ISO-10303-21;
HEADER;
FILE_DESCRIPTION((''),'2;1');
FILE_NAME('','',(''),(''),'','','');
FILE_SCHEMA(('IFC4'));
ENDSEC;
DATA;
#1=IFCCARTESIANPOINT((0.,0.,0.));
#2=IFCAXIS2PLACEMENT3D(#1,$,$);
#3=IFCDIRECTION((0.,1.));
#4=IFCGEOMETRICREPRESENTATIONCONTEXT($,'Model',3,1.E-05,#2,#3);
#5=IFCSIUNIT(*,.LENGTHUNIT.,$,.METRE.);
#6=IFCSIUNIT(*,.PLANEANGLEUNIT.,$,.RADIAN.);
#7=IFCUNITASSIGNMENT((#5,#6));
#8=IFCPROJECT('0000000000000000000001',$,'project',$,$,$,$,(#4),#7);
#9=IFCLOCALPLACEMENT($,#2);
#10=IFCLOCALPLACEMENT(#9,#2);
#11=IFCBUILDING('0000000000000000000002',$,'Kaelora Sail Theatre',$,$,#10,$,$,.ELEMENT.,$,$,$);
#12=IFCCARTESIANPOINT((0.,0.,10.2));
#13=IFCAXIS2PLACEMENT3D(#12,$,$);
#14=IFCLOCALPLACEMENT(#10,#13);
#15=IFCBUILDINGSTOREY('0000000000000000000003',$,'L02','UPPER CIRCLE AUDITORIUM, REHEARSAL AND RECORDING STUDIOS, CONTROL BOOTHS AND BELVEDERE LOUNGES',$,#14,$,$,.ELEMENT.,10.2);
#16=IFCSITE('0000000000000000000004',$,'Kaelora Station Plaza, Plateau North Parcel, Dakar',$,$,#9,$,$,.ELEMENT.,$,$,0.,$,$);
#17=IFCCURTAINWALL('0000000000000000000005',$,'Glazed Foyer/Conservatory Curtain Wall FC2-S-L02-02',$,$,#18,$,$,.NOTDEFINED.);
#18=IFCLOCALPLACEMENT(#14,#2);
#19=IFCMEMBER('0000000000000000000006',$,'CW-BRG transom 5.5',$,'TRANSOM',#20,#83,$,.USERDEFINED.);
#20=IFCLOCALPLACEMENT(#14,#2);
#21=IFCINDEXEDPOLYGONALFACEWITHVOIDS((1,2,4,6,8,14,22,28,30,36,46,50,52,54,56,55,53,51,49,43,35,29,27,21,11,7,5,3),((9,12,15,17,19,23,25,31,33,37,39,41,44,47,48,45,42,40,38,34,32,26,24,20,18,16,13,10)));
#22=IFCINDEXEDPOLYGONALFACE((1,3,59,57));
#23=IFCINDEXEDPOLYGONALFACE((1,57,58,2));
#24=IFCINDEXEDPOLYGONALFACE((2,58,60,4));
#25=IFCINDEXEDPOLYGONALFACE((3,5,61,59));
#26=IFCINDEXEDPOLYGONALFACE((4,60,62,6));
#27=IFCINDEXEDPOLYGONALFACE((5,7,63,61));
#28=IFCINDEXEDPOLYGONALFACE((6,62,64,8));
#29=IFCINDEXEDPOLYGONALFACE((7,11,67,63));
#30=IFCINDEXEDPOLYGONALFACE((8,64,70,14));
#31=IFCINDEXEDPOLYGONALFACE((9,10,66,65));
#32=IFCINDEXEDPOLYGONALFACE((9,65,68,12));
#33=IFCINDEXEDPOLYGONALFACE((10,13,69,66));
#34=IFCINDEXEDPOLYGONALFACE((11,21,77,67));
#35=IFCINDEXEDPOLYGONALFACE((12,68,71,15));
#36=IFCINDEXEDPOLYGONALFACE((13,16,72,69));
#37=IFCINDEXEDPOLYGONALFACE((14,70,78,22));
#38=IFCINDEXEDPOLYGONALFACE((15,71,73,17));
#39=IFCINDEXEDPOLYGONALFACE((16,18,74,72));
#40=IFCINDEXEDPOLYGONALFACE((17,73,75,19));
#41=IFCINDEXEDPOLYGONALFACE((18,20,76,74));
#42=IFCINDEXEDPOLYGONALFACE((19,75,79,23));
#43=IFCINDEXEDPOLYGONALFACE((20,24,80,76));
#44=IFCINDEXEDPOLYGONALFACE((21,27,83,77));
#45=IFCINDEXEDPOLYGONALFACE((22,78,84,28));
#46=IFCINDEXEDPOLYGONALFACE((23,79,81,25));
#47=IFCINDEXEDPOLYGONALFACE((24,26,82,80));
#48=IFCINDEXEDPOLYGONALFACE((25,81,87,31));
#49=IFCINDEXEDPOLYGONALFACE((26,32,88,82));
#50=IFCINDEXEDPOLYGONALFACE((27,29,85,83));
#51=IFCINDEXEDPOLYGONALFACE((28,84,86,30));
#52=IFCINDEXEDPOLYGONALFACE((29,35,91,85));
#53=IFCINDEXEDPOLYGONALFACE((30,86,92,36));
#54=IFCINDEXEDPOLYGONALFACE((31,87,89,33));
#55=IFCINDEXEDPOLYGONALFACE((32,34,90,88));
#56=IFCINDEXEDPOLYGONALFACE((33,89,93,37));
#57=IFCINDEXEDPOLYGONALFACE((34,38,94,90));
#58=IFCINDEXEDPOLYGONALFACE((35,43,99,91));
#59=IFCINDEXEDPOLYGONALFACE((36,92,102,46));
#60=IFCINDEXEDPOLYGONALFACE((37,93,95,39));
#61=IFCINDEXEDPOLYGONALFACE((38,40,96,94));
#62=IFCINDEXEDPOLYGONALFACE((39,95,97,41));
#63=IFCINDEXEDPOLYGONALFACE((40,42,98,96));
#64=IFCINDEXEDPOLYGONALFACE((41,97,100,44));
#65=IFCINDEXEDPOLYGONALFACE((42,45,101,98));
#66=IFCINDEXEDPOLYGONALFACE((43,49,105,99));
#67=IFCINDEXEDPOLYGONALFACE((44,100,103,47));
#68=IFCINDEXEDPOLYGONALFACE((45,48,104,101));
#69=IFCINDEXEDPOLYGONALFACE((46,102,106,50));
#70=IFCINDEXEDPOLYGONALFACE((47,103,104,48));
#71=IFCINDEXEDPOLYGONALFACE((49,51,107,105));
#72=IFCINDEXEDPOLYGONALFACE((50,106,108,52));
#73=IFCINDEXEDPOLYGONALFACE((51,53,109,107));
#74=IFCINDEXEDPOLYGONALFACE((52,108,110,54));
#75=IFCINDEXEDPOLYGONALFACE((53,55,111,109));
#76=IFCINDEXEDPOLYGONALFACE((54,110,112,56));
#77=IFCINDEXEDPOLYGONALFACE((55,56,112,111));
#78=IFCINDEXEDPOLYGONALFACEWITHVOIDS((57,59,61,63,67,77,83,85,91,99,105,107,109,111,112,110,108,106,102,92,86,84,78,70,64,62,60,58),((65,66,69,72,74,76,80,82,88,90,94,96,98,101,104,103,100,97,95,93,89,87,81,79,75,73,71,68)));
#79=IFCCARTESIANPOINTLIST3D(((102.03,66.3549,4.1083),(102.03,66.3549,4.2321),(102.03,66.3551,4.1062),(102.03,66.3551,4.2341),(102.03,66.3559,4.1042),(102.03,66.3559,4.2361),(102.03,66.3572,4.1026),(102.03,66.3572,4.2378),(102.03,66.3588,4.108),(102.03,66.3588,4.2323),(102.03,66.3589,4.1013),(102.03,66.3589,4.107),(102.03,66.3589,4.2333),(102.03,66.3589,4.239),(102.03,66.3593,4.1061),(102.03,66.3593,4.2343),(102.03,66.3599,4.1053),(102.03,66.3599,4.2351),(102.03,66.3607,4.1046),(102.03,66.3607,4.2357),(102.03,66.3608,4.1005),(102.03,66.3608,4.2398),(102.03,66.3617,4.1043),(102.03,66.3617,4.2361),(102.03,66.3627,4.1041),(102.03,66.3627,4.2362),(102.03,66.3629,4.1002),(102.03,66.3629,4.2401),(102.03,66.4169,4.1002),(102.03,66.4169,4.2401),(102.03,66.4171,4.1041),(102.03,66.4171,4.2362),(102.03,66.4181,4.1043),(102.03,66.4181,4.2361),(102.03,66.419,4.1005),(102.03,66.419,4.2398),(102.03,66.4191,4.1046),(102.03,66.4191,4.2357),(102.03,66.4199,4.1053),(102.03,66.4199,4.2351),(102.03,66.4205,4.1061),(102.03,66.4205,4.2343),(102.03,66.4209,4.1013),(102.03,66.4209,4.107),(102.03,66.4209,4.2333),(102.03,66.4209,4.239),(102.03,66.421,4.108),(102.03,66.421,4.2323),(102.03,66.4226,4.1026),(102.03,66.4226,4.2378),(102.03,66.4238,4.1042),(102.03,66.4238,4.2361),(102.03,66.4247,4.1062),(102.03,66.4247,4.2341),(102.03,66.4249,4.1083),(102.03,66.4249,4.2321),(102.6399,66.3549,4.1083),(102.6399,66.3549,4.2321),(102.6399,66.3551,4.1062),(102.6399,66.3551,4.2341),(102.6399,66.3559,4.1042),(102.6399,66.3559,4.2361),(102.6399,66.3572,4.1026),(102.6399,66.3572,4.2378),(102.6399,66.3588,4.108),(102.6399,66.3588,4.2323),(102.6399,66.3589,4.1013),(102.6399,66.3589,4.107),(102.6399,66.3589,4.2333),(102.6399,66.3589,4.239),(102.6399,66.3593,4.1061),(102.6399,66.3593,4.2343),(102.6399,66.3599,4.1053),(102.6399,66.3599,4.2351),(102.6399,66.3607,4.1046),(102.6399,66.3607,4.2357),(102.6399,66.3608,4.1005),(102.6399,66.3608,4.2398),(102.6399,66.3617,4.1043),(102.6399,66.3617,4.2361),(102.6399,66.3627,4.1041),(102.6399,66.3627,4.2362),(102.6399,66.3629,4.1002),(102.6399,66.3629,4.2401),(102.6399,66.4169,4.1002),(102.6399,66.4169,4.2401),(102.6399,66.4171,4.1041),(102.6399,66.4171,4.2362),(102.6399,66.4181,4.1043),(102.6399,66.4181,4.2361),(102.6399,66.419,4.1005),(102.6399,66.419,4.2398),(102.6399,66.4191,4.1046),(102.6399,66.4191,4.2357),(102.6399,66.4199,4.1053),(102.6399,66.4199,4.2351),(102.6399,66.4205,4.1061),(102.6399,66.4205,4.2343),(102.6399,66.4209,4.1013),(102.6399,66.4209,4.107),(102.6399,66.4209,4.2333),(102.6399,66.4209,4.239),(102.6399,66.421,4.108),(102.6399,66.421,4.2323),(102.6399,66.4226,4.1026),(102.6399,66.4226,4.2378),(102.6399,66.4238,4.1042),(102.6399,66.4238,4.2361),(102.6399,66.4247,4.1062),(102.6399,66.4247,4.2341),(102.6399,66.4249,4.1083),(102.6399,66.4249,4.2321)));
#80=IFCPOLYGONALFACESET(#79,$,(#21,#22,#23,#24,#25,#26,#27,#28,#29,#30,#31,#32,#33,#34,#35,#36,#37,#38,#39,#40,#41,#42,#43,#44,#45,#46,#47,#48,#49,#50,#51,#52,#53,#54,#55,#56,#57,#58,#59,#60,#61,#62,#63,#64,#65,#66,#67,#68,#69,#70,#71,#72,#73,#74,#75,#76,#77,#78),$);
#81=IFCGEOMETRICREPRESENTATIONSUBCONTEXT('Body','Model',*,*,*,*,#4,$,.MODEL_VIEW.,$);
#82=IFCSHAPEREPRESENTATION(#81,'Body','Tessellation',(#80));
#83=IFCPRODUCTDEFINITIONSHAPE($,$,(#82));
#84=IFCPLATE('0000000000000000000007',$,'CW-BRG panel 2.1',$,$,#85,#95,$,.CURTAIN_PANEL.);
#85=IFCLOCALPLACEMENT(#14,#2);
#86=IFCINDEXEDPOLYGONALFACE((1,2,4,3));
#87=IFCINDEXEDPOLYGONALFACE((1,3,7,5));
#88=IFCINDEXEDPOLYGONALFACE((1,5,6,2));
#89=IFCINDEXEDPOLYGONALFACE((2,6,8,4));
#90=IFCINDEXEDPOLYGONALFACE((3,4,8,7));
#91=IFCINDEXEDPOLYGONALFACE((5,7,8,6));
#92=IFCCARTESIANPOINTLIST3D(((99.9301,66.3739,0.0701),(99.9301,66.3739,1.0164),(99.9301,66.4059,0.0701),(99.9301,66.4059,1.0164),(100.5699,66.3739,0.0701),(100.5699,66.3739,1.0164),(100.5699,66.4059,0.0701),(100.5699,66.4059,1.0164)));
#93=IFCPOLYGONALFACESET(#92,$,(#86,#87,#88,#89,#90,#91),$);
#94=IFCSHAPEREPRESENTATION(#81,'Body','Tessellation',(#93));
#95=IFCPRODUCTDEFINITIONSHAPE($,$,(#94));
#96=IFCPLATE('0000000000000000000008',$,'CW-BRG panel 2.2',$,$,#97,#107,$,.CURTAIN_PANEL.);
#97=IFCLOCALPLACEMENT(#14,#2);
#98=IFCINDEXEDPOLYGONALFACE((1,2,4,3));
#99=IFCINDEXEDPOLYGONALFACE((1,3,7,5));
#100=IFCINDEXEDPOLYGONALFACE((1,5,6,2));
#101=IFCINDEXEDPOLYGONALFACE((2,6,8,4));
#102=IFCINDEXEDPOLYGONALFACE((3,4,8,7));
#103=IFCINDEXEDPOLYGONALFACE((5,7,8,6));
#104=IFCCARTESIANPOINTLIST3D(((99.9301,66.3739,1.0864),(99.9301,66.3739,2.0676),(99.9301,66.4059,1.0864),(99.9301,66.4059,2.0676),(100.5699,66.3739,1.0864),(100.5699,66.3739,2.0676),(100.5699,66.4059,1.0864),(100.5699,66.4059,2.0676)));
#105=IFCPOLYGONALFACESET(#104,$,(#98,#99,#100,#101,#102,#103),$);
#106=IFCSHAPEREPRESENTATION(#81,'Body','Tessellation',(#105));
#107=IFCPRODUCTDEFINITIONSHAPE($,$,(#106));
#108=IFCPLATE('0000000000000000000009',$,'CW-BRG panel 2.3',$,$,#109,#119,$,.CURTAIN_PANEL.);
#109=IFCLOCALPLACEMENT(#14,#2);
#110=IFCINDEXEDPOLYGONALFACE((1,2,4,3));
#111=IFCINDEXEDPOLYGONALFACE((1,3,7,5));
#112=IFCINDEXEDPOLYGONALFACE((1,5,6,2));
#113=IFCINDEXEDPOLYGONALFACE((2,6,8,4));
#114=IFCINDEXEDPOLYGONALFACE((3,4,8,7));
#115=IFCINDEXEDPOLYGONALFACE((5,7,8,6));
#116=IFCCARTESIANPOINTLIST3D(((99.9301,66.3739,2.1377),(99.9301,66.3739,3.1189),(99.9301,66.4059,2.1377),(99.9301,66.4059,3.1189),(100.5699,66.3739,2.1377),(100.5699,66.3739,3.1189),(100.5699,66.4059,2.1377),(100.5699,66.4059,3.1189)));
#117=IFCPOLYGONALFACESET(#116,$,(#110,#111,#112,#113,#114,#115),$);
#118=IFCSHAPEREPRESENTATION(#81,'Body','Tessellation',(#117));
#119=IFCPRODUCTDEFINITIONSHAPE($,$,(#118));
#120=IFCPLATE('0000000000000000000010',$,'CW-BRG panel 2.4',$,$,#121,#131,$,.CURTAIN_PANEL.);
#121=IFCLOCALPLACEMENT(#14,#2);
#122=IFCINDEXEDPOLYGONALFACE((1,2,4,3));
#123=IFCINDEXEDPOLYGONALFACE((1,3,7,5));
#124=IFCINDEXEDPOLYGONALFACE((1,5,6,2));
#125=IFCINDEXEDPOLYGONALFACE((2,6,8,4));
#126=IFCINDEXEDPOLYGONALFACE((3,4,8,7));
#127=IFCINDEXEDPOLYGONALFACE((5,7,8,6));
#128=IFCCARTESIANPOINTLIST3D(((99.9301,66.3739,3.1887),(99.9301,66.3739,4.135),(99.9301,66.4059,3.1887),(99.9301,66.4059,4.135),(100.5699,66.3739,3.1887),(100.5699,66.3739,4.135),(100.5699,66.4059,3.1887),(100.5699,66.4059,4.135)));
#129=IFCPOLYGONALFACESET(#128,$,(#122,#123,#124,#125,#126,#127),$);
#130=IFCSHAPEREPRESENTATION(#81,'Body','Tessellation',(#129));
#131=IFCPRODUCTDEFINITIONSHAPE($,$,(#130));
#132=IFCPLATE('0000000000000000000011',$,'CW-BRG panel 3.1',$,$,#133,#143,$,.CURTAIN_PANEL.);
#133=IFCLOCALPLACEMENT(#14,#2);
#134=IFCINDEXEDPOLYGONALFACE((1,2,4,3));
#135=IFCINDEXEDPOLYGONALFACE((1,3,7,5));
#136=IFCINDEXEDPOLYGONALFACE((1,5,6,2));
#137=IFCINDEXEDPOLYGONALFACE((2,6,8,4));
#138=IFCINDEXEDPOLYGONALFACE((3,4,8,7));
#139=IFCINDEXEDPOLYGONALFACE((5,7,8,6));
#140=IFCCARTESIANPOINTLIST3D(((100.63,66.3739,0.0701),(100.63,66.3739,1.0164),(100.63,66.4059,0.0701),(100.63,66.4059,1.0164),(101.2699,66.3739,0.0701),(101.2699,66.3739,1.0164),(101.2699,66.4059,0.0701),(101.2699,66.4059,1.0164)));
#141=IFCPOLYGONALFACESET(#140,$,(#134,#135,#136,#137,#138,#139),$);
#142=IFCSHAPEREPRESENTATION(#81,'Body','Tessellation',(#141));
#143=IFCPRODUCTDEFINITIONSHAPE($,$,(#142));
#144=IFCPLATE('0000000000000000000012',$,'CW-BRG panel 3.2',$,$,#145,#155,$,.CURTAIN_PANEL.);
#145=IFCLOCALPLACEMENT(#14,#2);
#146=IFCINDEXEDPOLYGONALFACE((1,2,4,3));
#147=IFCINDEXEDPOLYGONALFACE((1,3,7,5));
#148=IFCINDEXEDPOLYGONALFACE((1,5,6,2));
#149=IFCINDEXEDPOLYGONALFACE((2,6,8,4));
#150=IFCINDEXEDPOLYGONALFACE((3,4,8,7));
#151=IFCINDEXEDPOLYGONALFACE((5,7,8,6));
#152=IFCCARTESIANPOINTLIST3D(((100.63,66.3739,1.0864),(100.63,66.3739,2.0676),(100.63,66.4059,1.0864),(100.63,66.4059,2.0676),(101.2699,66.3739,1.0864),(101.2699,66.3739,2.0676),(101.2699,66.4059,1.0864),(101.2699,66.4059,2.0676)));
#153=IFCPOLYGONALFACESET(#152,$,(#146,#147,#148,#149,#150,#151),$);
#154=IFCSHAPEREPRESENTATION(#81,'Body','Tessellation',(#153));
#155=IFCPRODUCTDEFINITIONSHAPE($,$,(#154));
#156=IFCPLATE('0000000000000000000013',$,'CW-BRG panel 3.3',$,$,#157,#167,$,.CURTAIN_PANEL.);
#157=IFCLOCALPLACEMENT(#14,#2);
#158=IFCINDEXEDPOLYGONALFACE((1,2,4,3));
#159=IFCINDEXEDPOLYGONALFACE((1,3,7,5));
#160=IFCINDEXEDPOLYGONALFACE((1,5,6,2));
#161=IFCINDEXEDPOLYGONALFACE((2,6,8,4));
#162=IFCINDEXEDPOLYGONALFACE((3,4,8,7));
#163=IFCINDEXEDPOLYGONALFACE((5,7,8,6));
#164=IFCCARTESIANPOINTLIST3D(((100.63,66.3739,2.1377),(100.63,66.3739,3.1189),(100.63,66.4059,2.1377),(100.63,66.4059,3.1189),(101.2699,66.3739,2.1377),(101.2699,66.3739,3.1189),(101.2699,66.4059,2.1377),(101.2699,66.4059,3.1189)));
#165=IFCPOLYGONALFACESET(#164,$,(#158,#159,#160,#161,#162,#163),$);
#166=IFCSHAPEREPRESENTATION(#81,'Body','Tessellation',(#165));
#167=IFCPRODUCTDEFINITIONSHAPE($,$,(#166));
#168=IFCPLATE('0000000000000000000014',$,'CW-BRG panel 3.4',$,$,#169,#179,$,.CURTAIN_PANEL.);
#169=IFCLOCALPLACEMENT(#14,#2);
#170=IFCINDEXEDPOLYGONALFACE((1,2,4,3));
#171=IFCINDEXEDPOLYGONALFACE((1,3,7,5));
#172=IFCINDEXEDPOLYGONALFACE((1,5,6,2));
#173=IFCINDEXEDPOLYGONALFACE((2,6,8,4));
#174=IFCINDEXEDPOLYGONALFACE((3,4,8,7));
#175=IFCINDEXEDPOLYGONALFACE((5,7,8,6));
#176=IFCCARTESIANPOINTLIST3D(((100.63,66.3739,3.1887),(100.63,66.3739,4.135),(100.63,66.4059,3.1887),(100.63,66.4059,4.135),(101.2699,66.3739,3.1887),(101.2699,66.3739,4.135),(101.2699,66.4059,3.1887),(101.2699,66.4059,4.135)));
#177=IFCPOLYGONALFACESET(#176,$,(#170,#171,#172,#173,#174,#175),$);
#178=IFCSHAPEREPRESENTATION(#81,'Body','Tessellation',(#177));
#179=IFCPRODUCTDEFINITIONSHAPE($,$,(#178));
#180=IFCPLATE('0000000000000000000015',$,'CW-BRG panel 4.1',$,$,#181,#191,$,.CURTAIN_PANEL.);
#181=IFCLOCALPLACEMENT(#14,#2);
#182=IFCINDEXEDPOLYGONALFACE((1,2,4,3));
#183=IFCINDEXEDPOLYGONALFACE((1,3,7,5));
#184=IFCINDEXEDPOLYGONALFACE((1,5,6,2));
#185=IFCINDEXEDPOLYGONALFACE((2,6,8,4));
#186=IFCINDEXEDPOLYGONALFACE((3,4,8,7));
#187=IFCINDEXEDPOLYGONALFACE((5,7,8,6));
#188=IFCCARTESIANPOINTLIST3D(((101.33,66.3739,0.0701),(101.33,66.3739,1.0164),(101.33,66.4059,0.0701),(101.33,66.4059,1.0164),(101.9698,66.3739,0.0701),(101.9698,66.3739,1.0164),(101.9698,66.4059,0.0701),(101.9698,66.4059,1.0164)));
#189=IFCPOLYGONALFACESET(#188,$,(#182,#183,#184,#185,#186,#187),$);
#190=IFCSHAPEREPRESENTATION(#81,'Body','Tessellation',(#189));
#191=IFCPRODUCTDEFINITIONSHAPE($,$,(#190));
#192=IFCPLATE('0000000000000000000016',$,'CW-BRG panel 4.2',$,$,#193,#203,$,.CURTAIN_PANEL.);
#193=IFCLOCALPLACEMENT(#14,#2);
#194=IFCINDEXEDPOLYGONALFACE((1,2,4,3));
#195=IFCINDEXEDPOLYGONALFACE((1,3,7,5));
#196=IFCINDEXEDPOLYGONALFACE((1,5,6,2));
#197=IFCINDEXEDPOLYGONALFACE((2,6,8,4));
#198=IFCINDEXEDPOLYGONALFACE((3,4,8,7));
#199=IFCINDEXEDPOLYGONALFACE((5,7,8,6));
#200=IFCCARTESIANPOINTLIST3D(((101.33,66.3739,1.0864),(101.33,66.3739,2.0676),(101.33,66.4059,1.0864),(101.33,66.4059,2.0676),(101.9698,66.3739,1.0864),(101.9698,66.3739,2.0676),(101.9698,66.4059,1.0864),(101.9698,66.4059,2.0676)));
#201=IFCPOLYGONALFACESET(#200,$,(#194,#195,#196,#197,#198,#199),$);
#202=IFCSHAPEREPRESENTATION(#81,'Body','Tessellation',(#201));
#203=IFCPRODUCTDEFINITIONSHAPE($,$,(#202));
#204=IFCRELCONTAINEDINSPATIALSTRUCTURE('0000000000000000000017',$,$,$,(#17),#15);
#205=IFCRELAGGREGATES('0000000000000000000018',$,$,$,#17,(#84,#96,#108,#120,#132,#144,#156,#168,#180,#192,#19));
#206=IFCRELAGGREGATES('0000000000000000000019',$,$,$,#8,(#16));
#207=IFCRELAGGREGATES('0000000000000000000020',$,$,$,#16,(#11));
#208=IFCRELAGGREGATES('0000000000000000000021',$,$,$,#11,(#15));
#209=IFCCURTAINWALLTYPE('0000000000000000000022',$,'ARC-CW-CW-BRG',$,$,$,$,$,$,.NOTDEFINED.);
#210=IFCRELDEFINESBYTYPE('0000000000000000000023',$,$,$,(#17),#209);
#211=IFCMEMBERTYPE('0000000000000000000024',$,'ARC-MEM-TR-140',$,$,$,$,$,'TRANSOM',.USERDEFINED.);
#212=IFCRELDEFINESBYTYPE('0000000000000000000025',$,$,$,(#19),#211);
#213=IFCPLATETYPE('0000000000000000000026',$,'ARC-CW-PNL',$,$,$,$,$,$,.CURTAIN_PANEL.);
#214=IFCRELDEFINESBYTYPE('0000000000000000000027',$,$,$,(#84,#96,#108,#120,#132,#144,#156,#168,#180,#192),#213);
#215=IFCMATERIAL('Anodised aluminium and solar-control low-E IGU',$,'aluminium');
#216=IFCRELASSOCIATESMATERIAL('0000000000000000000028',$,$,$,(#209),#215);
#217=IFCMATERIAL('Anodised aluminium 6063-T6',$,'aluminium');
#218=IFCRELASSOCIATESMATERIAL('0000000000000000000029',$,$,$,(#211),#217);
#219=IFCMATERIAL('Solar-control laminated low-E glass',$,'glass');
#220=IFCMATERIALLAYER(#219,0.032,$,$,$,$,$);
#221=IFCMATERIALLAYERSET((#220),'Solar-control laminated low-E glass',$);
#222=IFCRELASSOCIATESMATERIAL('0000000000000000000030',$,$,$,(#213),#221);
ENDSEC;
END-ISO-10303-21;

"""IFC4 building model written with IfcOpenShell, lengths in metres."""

from ifc_helpers import new_model, si_unit, direction, frame, origin, origin_2d, place, context, subcontext, project, spatial, rectangle, hollow_rectangle, extrude, material, layer, layer_set, material_profile, profile_set, type_object, element, aggregate, save


model = new_model("IFC4")

# Units and contexts
model_context = context("Model", 3, precision=1e-05, world=origin(), true_north=direction((0.0, 1.0)))
body_context = subcontext(model_context, "Body", "Model", "MODEL_VIEW")
ifc_project = project(units=[si_unit("LENGTHUNIT", "METRE"), si_unit("PLANEANGLEUNIT", "RADIAN")], contexts=[model_context])

# Site, building, storey
site_placement = place(None, origin())
site = spatial("IfcSite", under=ifc_project, at=site_placement, Name="Kaelora Station Plaza, Plateau North Parcel, Dakar", CompositionType="ELEMENT", RefElevation=0.0)
building_placement = place(site_placement, origin())
building = spatial("IfcBuilding", under=site, at=building_placement, Name="Kaelora Sail Theatre", CompositionType="ELEMENT")
storey_placement = place(building_placement, frame((0.0, 0.0, 10.2)))
storey = spatial("IfcBuildingStorey", under=building, at=storey_placement, Name="L02", Description="UPPER CIRCLE AUDITORIUM, REHEARSAL AND RECORDING STUDIOS, CONTROL BOOTHS AND BELVEDERE LOUNGES", CompositionType="ELEMENT", Elevation=10.2)

# Curtain wall, member, plates
ifc_material_1 = material(Name="Anodised aluminium and solar-control low-E IGU", Category="aluminium")
curtain_wall_type = type_object("IfcCurtainWallType", Name="ARC-CW-CW-BRG", PredefinedType="NOTDEFINED", material=ifc_material_1)
curtain_wall_placement = place(storey_placement, origin())
curtain_wall = element("IfcCurtainWall", 1, at=curtain_wall_placement, inside=storey, type_object=curtain_wall_type, Name="Glazed Foyer/Conservatory Curtain Wall FC2-S-L02-02", PredefinedType="NOTDEFINED")
ifc_material_2 = material(Name="Anodised aluminium 6063-T6", Category="aluminium")
ifc_material_profile_1 = material_profile(ifc_material_2, hollow_rectangle(XDim=0.0701, YDim=0.1399, WallThickness=0.0039, InnerFilletRadius=0.0039, OuterFilletRadius=0.0081, at=origin_2d()), Name="ALU-TRAN 70x140x4")
ifc_profile_set_1 = profile_set([ifc_material_profile_1], Name="Anodised aluminium 6063-T6")
member_type_1 = type_object("IfcMemberType", Name="ARC-MEM-TR-140", ElementType="TRANSOM", PredefinedType="USERDEFINED", material=ifc_profile_set_1)
member_1_placement = place(storey_placement, frame((102.03, 66.3899, 4.1702), z_axis=(1.0, 0.0, 0.0), x_axis=(0.0, 1.0, 0.0)))
member_1 = element("IfcMember", 2, at=member_1_placement, type_object=member_type_1, Name="CW-BRG transom 5.5", ObjectType="TRANSOM", PredefinedType="USERDEFINED", context=body_context, shape_type="SweptSolid", body=[
    extrude(hollow_rectangle(XDim=0.0701, YDim=0.1399, WallThickness=0.0039, InnerFilletRadius=0.0039, OuterFilletRadius=0.0081, at=origin_2d()), origin(), (0.0, 0.0, 1.0), 0.6099),
])
ifc_material_3 = material(Name="Solar-control laminated low-E glass", Category="glass")
ifc_layer = layer(ifc_material_3, 0.032)
ifc_layer_set = layer_set([ifc_layer], Name="Solar-control laminated low-E glass")
plate_type = type_object("IfcPlateType", Name="ARC-CW-PNL", PredefinedType="CURTAIN_PANEL", material=ifc_layer_set)
plate_1_placement = place(storey_placement, frame((100.25, 66.3899, 0.0701), z_axis=(0.0, 0.0, 1.0), x_axis=(1.0, 0.0, 0.0)))
plate_1 = element("IfcPlate", 3, at=plate_1_placement, type_object=plate_type, Name="CW-BRG panel 2.1", PredefinedType="CURTAIN_PANEL", context=body_context, shape_type="SweptSolid", body=[
    extrude(rectangle(XDim=0.6399, YDim=0.032, at=origin_2d()), origin(), (0.0, 0.0, 1.0), 0.9463),
])
plate_2_placement = place(storey_placement, frame((100.25, 66.3899, 1.0864), z_axis=(0.0, 0.0, 1.0), x_axis=(1.0, 0.0, 0.0)))
plate_2 = element("IfcPlate", 4, at=plate_2_placement, type_object=plate_type, Name="CW-BRG panel 2.2", PredefinedType="CURTAIN_PANEL", context=body_context, shape_type="SweptSolid", body=[
    extrude(rectangle(XDim=0.6399, YDim=0.032, at=origin_2d()), origin(), (0.0, 0.0, 1.0), 0.9812),
])
plate_3_placement = place(storey_placement, frame((100.25, 66.3899, 2.1377), z_axis=(0.0, 0.0, 1.0), x_axis=(1.0, 0.0, 0.0)))
plate_3 = element("IfcPlate", 5, at=plate_3_placement, type_object=plate_type, Name="CW-BRG panel 2.3", PredefinedType="CURTAIN_PANEL", context=body_context, shape_type="SweptSolid", body=[
    extrude(rectangle(XDim=0.6399, YDim=0.032, at=origin_2d()), origin(), (0.0, 0.0, 1.0), 0.9812),
])
plate_4_placement = place(storey_placement, frame((100.25, 66.3899, 3.1887), z_axis=(0.0, 0.0, 1.0), x_axis=(1.0, 0.0, 0.0)))
plate_4 = element("IfcPlate", 6, at=plate_4_placement, type_object=plate_type, Name="CW-BRG panel 2.4", PredefinedType="CURTAIN_PANEL", context=body_context, shape_type="SweptSolid", body=[
    extrude(rectangle(XDim=0.6399, YDim=0.032, at=origin_2d()), origin(), (0.0, 0.0, 1.0), 0.9463),
])
plate_5_placement = place(storey_placement, frame((100.95, 66.3899, 0.0701), z_axis=(0.0, 0.0, 1.0), x_axis=(1.0, 0.0, 0.0)))
plate_5 = element("IfcPlate", 7, at=plate_5_placement, type_object=plate_type, Name="CW-BRG panel 3.1", PredefinedType="CURTAIN_PANEL", context=body_context, shape_type="SweptSolid", body=[
    extrude(rectangle(XDim=0.6399, YDim=0.032, at=origin_2d()), origin(), (0.0, 0.0, 1.0), 0.9463),
])
plate_6_placement = place(storey_placement, frame((100.95, 66.3899, 1.0864), z_axis=(0.0, 0.0, 1.0), x_axis=(1.0, 0.0, 0.0)))
plate_6 = element("IfcPlate", 8, at=plate_6_placement, type_object=plate_type, Name="CW-BRG panel 3.2", PredefinedType="CURTAIN_PANEL", context=body_context, shape_type="SweptSolid", body=[
    extrude(rectangle(XDim=0.6399, YDim=0.032, at=origin_2d()), origin(), (0.0, 0.0, 1.0), 0.9812),
])
plate_7_placement = place(storey_placement, frame((100.95, 66.3899, 2.1377), z_axis=(0.0, 0.0, 1.0), x_axis=(1.0, 0.0, 0.0)))
plate_7 = element("IfcPlate", 9, at=plate_7_placement, type_object=plate_type, Name="CW-BRG panel 3.3", PredefinedType="CURTAIN_PANEL", context=body_context, shape_type="SweptSolid", body=[
    extrude(rectangle(XDim=0.6399, YDim=0.032, at=origin_2d()), origin(), (0.0, 0.0, 1.0), 0.9812),
])
plate_8_placement = place(storey_placement, frame((100.95, 66.3899, 3.1887), z_axis=(0.0, 0.0, 1.0), x_axis=(1.0, 0.0, 0.0)))
plate_8 = element("IfcPlate", 10, at=plate_8_placement, type_object=plate_type, Name="CW-BRG panel 3.4", PredefinedType="CURTAIN_PANEL", context=body_context, shape_type="SweptSolid", body=[
    extrude(rectangle(XDim=0.6399, YDim=0.032, at=origin_2d()), origin(), (0.0, 0.0, 1.0), 0.9463),
])
plate_9_placement = place(storey_placement, frame((101.6499, 66.3899, 0.0701), z_axis=(0.0, 0.0, 1.0), x_axis=(1.0, 0.0, 0.0)))
plate_9 = element("IfcPlate", 11, at=plate_9_placement, type_object=plate_type, Name="CW-BRG panel 4.1", PredefinedType="CURTAIN_PANEL", context=body_context, shape_type="SweptSolid", body=[
    extrude(rectangle(XDim=0.6399, YDim=0.032, at=origin_2d()), origin(), (0.0, 0.0, 1.0), 0.9463),
])
plate_10_placement = place(storey_placement, frame((101.6499, 66.3899, 1.0864), z_axis=(0.0, 0.0, 1.0), x_axis=(1.0, 0.0, 0.0)))
plate_10 = element("IfcPlate", 12, at=plate_10_placement, type_object=plate_type, Name="CW-BRG panel 4.2", PredefinedType="CURTAIN_PANEL", context=body_context, shape_type="SweptSolid", body=[
    extrude(rectangle(XDim=0.6399, YDim=0.032, at=origin_2d()), origin(), (0.0, 0.0, 1.0), 0.9812),
])
aggregate(curtain_wall, [plate_1, plate_2, plate_3, plate_4, plate_5, plate_6, plate_7, plate_8, plate_9, plate_10, member_1])

save(model, "model.ifc")
